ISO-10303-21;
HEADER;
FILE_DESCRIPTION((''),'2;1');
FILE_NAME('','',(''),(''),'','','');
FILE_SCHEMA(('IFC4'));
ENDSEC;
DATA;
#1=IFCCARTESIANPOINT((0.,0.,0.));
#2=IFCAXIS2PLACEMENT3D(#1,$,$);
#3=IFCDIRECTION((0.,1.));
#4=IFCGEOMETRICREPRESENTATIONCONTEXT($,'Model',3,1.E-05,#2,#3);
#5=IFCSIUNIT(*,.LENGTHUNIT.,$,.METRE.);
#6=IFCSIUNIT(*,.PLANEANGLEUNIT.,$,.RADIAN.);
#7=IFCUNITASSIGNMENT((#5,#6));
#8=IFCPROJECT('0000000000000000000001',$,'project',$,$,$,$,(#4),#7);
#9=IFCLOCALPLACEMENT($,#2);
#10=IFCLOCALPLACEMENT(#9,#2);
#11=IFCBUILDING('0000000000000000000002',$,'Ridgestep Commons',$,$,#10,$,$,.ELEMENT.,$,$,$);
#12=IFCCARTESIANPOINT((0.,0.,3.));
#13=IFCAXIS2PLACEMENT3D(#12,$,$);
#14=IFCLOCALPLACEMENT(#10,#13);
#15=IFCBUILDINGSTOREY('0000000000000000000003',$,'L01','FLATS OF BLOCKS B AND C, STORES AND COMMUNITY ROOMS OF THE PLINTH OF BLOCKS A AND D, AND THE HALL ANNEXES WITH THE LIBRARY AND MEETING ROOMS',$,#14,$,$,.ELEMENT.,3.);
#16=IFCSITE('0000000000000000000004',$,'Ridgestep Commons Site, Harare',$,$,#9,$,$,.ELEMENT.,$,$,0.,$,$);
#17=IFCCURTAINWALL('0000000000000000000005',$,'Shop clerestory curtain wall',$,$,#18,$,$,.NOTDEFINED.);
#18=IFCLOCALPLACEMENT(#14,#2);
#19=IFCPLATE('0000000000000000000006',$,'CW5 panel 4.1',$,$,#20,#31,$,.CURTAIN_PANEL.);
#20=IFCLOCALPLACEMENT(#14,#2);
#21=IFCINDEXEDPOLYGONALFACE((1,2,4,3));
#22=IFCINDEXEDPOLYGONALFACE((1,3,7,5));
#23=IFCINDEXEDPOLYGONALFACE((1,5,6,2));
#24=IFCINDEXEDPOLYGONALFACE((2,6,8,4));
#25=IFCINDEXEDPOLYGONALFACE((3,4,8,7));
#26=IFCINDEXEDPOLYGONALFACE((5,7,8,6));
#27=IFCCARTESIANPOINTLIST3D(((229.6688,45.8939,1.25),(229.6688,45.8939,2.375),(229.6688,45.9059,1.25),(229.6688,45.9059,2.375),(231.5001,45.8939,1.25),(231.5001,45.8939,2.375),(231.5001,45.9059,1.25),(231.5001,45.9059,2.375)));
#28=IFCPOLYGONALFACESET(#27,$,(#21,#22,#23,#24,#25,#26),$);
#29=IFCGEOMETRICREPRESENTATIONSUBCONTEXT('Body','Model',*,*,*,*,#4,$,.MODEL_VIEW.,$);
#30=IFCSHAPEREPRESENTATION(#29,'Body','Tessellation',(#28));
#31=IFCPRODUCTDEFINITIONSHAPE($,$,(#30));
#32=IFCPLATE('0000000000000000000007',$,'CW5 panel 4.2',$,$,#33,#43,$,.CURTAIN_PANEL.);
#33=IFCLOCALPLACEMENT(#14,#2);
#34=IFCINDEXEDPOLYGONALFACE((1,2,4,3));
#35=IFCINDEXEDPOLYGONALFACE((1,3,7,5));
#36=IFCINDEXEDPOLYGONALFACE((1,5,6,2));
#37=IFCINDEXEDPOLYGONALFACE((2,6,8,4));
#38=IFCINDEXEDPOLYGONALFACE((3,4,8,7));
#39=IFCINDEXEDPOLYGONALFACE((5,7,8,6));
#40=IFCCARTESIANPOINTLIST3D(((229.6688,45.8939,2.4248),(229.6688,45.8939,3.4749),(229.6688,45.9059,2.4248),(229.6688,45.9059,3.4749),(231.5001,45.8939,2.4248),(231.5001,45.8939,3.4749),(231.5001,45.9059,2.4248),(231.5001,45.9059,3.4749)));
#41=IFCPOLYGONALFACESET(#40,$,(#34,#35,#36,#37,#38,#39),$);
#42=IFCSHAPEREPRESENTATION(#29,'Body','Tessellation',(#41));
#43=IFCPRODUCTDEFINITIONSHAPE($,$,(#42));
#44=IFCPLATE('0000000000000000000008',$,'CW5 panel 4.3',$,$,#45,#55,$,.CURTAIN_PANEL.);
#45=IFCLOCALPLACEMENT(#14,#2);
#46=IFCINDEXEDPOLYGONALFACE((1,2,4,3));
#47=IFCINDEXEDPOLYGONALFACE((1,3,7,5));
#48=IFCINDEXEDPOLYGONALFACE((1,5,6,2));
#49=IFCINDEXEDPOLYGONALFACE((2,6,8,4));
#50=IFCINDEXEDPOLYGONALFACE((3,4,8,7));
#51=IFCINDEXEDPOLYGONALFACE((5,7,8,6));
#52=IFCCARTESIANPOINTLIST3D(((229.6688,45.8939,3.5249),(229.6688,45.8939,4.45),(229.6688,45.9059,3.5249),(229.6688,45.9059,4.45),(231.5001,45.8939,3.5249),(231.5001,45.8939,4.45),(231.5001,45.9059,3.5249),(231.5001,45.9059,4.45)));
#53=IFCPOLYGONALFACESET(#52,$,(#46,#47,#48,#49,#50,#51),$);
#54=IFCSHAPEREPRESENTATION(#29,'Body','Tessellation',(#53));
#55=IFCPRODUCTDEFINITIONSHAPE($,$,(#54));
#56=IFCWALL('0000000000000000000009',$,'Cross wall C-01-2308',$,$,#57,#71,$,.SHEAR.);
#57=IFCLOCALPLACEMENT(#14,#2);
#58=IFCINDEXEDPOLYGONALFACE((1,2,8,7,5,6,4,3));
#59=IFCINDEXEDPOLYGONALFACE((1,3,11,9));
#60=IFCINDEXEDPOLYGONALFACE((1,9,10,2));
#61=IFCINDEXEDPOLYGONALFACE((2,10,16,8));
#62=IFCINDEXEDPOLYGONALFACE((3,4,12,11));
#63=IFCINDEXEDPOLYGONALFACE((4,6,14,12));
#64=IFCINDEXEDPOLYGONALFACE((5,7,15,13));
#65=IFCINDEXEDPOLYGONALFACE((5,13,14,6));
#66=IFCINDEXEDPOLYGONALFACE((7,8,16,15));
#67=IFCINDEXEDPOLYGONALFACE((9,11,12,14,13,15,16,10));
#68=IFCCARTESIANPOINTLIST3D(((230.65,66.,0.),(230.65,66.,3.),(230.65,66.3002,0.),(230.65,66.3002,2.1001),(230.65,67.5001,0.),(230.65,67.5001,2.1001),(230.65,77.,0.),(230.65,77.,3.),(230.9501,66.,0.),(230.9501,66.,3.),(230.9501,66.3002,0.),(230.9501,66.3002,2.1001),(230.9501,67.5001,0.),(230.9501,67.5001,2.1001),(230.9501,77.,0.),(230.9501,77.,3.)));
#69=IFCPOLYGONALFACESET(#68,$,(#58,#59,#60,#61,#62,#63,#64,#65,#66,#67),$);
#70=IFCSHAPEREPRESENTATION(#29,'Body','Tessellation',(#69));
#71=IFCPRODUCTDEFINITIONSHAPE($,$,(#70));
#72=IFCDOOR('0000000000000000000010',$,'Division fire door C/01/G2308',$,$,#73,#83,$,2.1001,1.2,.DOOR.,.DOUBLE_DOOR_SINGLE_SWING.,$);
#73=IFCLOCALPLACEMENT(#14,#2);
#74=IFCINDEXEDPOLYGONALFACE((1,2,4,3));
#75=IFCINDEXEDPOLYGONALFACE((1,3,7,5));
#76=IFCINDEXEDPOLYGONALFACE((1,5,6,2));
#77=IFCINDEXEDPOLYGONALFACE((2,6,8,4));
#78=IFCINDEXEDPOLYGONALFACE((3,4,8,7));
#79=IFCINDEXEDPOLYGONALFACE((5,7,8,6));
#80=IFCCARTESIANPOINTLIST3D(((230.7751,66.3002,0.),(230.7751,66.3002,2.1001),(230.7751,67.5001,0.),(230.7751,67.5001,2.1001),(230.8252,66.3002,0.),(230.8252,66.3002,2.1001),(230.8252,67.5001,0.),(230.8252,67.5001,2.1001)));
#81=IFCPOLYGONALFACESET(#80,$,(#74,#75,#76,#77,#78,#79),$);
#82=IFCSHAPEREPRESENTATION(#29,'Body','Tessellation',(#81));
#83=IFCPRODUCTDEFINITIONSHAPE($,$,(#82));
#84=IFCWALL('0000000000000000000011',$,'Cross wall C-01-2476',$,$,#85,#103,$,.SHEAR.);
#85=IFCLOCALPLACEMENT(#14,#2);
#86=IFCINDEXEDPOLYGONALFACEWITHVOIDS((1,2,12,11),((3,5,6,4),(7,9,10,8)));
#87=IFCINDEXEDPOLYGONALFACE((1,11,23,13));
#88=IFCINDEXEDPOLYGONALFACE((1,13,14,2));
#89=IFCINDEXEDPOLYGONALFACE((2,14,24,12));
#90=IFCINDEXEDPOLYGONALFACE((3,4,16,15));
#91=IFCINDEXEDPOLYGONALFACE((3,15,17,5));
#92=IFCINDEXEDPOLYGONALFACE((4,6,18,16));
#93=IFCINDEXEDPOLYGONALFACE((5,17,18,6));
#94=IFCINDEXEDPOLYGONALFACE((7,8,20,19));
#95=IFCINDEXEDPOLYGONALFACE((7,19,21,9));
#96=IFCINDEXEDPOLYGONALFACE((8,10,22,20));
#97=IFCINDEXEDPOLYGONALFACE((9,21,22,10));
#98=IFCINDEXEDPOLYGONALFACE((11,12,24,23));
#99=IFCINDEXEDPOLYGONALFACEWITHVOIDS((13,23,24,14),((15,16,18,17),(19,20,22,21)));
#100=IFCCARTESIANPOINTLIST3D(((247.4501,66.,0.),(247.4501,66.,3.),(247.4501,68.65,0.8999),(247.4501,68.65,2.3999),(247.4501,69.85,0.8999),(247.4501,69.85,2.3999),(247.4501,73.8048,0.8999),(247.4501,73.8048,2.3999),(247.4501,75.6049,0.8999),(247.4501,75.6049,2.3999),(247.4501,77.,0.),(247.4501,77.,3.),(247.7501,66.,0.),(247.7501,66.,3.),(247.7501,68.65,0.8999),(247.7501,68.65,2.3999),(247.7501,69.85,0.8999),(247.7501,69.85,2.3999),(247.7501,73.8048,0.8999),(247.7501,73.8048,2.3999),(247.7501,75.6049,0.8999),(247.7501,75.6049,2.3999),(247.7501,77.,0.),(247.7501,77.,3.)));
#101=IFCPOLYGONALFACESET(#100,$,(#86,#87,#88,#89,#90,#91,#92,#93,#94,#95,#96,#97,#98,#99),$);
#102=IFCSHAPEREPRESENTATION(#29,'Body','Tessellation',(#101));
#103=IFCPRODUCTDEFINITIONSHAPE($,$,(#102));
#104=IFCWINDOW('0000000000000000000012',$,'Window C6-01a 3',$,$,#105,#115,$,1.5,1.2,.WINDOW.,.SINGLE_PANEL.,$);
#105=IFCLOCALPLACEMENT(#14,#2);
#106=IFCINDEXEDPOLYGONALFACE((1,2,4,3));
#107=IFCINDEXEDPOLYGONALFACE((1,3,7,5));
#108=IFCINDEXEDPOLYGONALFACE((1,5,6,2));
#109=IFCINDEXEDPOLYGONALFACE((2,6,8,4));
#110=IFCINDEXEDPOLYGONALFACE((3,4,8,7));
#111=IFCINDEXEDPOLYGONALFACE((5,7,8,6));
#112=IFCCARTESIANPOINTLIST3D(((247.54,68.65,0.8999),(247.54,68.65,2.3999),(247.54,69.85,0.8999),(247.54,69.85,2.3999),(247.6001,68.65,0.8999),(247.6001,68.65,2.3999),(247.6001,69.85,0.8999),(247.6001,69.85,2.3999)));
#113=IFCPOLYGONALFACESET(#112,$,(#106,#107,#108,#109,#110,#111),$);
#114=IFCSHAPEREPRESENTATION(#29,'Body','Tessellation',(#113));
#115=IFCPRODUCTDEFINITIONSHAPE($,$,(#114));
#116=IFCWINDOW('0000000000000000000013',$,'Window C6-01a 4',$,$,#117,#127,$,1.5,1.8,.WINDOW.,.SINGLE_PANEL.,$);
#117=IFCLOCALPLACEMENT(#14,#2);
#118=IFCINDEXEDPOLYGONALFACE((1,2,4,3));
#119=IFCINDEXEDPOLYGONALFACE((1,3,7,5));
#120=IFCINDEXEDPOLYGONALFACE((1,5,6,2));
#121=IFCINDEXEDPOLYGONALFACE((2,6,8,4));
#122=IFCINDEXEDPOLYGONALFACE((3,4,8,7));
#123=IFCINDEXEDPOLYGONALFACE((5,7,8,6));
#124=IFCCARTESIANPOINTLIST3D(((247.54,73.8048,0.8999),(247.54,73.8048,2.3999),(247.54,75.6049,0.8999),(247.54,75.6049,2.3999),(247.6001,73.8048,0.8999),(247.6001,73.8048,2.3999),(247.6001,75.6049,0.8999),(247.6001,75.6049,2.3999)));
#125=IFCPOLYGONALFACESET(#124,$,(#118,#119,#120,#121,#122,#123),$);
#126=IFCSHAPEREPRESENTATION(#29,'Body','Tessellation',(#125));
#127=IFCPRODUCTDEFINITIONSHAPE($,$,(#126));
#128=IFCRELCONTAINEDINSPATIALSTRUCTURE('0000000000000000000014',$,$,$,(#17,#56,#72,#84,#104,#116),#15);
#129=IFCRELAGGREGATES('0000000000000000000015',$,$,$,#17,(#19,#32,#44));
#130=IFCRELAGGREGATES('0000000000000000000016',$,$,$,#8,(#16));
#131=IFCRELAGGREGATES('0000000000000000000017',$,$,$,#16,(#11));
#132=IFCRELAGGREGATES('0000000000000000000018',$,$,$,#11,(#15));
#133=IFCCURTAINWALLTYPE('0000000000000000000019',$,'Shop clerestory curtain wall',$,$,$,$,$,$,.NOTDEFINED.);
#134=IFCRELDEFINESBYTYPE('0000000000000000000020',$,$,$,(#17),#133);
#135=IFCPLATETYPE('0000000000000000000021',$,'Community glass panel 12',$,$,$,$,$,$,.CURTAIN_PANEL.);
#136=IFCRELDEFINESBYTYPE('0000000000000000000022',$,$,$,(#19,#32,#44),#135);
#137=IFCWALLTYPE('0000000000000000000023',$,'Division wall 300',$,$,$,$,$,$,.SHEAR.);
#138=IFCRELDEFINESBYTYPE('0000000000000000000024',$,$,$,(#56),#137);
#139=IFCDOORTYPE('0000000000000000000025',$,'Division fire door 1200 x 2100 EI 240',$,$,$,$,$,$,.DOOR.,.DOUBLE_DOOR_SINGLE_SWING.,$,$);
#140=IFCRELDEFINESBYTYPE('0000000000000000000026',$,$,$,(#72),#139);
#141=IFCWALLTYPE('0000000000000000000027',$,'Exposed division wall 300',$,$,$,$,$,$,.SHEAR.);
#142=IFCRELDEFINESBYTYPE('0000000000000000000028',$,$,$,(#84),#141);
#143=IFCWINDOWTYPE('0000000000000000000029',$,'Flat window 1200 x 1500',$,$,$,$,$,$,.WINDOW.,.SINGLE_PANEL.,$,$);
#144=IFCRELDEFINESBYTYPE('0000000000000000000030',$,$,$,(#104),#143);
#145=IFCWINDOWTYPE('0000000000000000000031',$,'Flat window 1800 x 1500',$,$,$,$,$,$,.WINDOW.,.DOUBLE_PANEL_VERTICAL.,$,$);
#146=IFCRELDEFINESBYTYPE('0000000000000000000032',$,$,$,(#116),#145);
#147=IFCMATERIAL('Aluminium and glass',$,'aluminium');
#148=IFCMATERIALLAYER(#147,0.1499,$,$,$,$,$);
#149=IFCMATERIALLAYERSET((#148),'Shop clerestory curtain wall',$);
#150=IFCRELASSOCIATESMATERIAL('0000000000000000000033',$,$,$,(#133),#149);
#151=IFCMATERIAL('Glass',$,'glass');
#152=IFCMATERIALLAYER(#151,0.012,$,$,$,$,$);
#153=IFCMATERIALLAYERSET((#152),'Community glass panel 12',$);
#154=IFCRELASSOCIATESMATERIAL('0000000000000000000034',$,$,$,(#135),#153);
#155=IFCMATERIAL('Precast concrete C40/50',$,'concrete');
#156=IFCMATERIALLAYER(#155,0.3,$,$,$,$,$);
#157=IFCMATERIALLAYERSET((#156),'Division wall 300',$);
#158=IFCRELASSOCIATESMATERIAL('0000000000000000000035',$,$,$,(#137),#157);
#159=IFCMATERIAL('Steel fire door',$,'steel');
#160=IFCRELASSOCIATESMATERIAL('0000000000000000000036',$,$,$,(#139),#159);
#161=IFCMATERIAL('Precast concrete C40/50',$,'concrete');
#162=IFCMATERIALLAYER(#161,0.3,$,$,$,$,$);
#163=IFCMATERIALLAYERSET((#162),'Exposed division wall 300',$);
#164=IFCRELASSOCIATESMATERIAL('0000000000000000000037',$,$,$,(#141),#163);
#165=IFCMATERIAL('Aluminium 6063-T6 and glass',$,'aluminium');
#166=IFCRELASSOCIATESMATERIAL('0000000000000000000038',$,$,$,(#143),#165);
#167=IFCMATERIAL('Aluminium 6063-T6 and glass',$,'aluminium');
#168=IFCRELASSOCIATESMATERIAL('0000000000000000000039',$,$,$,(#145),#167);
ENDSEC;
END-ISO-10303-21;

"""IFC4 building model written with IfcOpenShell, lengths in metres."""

from ifc_helpers import new_model, si_unit, direction, frame, frame_2d, origin, origin_2d, place, context, subcontext, project, spatial, rectangle, extrude, material, layer, layer_set, type_object, element, fill, aggregate, save


model = new_model("IFC4")

# Units and contexts
model_context = context("Model", 3, precision=1e-05, world=origin(), true_north=direction((0.0, 1.0)))
body_context = subcontext(model_context, "Body", "Model", "MODEL_VIEW")
ifc_project = project(units=[si_unit("LENGTHUNIT", "METRE"), si_unit("PLANEANGLEUNIT", "RADIAN")], contexts=[model_context])

# Site, building, storey
site_placement = place(None, origin())
site = spatial("IfcSite", under=ifc_project, at=site_placement, Name="Ridgestep Commons Site, Harare", CompositionType="ELEMENT", RefElevation=0.0)
building_placement = place(site_placement, origin())
building = spatial("IfcBuilding", under=site, at=building_placement, Name="Ridgestep Commons", CompositionType="ELEMENT")
storey_placement = place(building_placement, frame((0.0, 0.0, 3.0)))
storey = spatial("IfcBuildingStorey", under=building, at=storey_placement, Name="L01", Description="FLATS OF BLOCKS B AND C, STORES AND COMMUNITY ROOMS OF THE PLINTH OF BLOCKS A AND D, AND THE HALL ANNEXES WITH THE LIBRARY AND MEETING ROOMS", CompositionType="ELEMENT", Elevation=3.0)

# Curtain wall, plates
ifc_material_1 = material(Name="Aluminium and glass", Category="aluminium")
ifc_layer_1 = layer(ifc_material_1, 0.1499)
ifc_layer_set_1 = layer_set([ifc_layer_1], Name="Shop clerestory curtain wall")
curtain_wall_type = type_object("IfcCurtainWallType", Name="Shop clerestory curtain wall", PredefinedType="NOTDEFINED", material=ifc_layer_set_1)
curtain_wall_placement = place(storey_placement, origin())
curtain_wall = element("IfcCurtainWall", 1, at=curtain_wall_placement, inside=storey, type_object=curtain_wall_type, Name="Shop clerestory curtain wall", PredefinedType="NOTDEFINED")
ifc_material_2 = material(Name="Glass", Category="glass")
ifc_layer_2 = layer(ifc_material_2, 0.012)
ifc_layer_set_2 = layer_set([ifc_layer_2], Name="Community glass panel 12")
plate_type = type_object("IfcPlateType", Name="Community glass panel 12", PredefinedType="CURTAIN_PANEL", material=ifc_layer_set_2)
plate_1_placement = place(storey_placement, frame((230.5845, 45.8999, 1.25), z_axis=(0.0, 0.0, 1.0), x_axis=(1.0, 0.0, 0.0)))
plate_1 = element("IfcPlate", 2, at=plate_1_placement, type_object=plate_type, Name="CW5 panel 4.1", PredefinedType="CURTAIN_PANEL", context=body_context, shape_type="SweptSolid", body=[
    extrude(rectangle(XDim=1.8313, YDim=0.012, at=origin_2d()), origin(), (0.0, 0.0, 1.0), 1.125),
])
plate_2_placement = place(storey_placement, frame((230.5845, 45.8999, 2.4248), z_axis=(0.0, 0.0, 1.0), x_axis=(1.0, 0.0, 0.0)))
plate_2 = element("IfcPlate", 3, at=plate_2_placement, type_object=plate_type, Name="CW5 panel 4.2", PredefinedType="CURTAIN_PANEL", context=body_context, shape_type="SweptSolid", body=[
    extrude(rectangle(XDim=1.8313, YDim=0.012, at=origin_2d()), origin(), (0.0, 0.0, 1.0), 1.05),
])
plate_3_placement = place(storey_placement, frame((230.5845, 45.8999, 3.5249), z_axis=(0.0, 0.0, 1.0), x_axis=(1.0, 0.0, 0.0)))
plate_3 = element("IfcPlate", 4, at=plate_3_placement, type_object=plate_type, Name="CW5 panel 4.3", PredefinedType="CURTAIN_PANEL", context=body_context, shape_type="SweptSolid", body=[
    extrude(rectangle(XDim=1.8313, YDim=0.012, at=origin_2d()), origin(), (0.0, 0.0, 1.0), 0.925),
])
aggregate(curtain_wall, [plate_1, plate_2, plate_3])

# Wall, opening, door
ifc_material_3 = material(Name="Precast concrete C40/50", Category="concrete")
ifc_layer_3 = layer(ifc_material_3, 0.3)
ifc_layer_set_3 = layer_set([ifc_layer_3], Name="Division wall 300")
wall_type_1 = type_object("IfcWallType", Name="Division wall 300", PredefinedType="SHEAR", material=ifc_layer_set_3)
wall_1_placement = place(storey_placement, frame((230.8, 66.0, 0.0), z_axis=(0.0, 0.0, 1.0), x_axis=(0.0, 1.0, 0.0)))
wall_1 = element("IfcWall", 5, at=wall_1_placement, inside=storey, type_object=wall_type_1, Name="Cross wall C-01-2308", PredefinedType="SHEAR", context=body_context, shape_type="SweptSolid", body=[
    extrude(rectangle(XDim=11.0, YDim=0.3, at=frame_2d((5.5, 0.0))), origin(), (0.0, 0.0, 1.0), 3.0),
])
opening_1_placement = place(wall_1_placement, frame((0.3, 0.0, 0.0)))
opening_1 = element("IfcOpeningElement", 6, at=opening_1_placement, cuts=wall_1, PredefinedType="OPENING", context=body_context, shape_type="SweptSolid", body=[
    extrude(rectangle(XDim=1.2, YDim=2.1001, at=frame_2d((0.6001, 1.05))), frame((0.0, 0.1599, 0.0), z_axis=(0.0, -1.0, 0.0), x_axis=(1.0, 0.0, 0.0)), (0.0, 0.0, 1.0), 0.3201),
])
ifc_material_4 = material(Name="Steel fire door", Category="steel")
door_type = type_object("IfcDoorType", Name="Division fire door 1200 x 2100 EI 240", OperationType="DOUBLE_DOOR_SINGLE_SWING", PredefinedType="DOOR", material=ifc_material_4)
door_placement = place(opening_1_placement, origin())
door = element("IfcDoor", 7, at=door_placement, inside=storey, type_object=door_type, Name="Division fire door C/01/G2308", OperationType="DOUBLE_DOOR_SINGLE_SWING", OverallHeight=2.1001, OverallWidth=1.2, PredefinedType="DOOR", context=body_context, shape_type="SweptSolid", body=[
    extrude(rectangle(XDim=1.2, YDim=2.1001, at=frame_2d((0.6001, 1.05))), frame((0.0, 0.0249, 0.0), z_axis=(0.0, -1.0, 0.0), x_axis=(1.0, 0.0, 0.0)), (0.0, 0.0, 1.0), 0.05),
])
fill(opening_1, door)

# Wall, openings, windows
ifc_material_5 = material(Name="Precast concrete C40/50", Category="concrete")
ifc_layer_4 = layer(ifc_material_5, 0.3)
ifc_layer_set_4 = layer_set([ifc_layer_4], Name="Exposed division wall 300")
wall_type_2 = type_object("IfcWallType", Name="Exposed division wall 300", PredefinedType="SHEAR", material=ifc_layer_set_4)
wall_2_placement = place(storey_placement, frame((247.6001, 66.0, 0.0), z_axis=(0.0, 0.0, 1.0), x_axis=(0.0, 1.0, 0.0)))
wall_2 = element("IfcWall", 8, at=wall_2_placement, inside=storey, type_object=wall_type_2, Name="Cross wall C-01-2476", PredefinedType="SHEAR", context=body_context, shape_type="SweptSolid", body=[
    extrude(rectangle(XDim=11.0, YDim=0.3, at=frame_2d((5.5, 0.0))), origin(), (0.0, 0.0, 1.0), 3.0),
])
opening_2_placement = place(wall_2_placement, frame((2.6499, 0.0, 0.8999)))
opening_2 = element("IfcOpeningElement", 9, at=opening_2_placement, cuts=wall_2, PredefinedType="OPENING", context=body_context, shape_type="SweptSolid", body=[
    extrude(rectangle(XDim=1.2, YDim=1.5, at=frame_2d((0.6001, 0.75))), frame((0.0, 0.1599, 0.0), z_axis=(0.0, -1.0, 0.0), x_axis=(1.0, 0.0, 0.0)), (0.0, 0.0, 1.0), 0.3201),
])
opening_3_placement = place(wall_2_placement, frame((7.8049, 0.0, 0.8999)))
opening_3 = element("IfcOpeningElement", 10, at=opening_3_placement, cuts=wall_2, PredefinedType="OPENING", context=body_context, shape_type="SweptSolid", body=[
    extrude(rectangle(XDim=1.8, YDim=1.5, at=frame_2d((0.8999, 0.75))), frame((0.0, 0.1599, 0.0), z_axis=(0.0, -1.0, 0.0), x_axis=(1.0, 0.0, 0.0)), (0.0, 0.0, 1.0), 0.3201),
])
ifc_material_6 = material(Name="Aluminium 6063-T6 and glass", Category="aluminium")
window_type_1 = type_object("IfcWindowType", Name="Flat window 1200 x 1500", PartitioningType="SINGLE_PANEL", PredefinedType="WINDOW", material=ifc_material_6)
window_1_placement = place(opening_2_placement, origin())
window_1 = element("IfcWindow", 11, at=window_1_placement, inside=storey, type_object=window_type_1, Name="Window C6-01a 3", OverallHeight=1.5, OverallWidth=1.2, PartitioningType="SINGLE_PANEL", PredefinedType="WINDOW", context=body_context, shape_type="SweptSolid", body=[
    extrude(rectangle(XDim=1.2, YDim=1.5, at=frame_2d((0.6001, 0.75))), frame((0.0, 0.0601, 0.0), z_axis=(0.0, -1.0, 0.0), x_axis=(1.0, 0.0, 0.0)), (0.0, 0.0, 1.0), 0.0601),
])
fill(opening_2, window_1)
ifc_material_7 = material(Name="Aluminium 6063-T6 and glass", Category="aluminium")
window_type_2 = type_object("IfcWindowType", Name="Flat window 1800 x 1500", PartitioningType="DOUBLE_PANEL_VERTICAL", PredefinedType="WINDOW", material=ifc_material_7)
window_2_placement = place(opening_3_placement, origin())
window_2 = element("IfcWindow", 12, at=window_2_placement, inside=storey, type_object=window_type_2, Name="Window C6-01a 4", OverallHeight=1.5, OverallWidth=1.8, PartitioningType="SINGLE_PANEL", PredefinedType="WINDOW", context=body_context, shape_type="SweptSolid", body=[
    extrude(rectangle(XDim=1.8, YDim=1.5, at=frame_2d((0.8999, 0.75))), frame((0.0, 0.0601, 0.0), z_axis=(0.0, -1.0, 0.0), x_axis=(1.0, 0.0, 0.0)), (0.0, 0.0, 1.0), 0.0601),
])
fill(opening_3, window_2)

save(model, "model.ifc")
